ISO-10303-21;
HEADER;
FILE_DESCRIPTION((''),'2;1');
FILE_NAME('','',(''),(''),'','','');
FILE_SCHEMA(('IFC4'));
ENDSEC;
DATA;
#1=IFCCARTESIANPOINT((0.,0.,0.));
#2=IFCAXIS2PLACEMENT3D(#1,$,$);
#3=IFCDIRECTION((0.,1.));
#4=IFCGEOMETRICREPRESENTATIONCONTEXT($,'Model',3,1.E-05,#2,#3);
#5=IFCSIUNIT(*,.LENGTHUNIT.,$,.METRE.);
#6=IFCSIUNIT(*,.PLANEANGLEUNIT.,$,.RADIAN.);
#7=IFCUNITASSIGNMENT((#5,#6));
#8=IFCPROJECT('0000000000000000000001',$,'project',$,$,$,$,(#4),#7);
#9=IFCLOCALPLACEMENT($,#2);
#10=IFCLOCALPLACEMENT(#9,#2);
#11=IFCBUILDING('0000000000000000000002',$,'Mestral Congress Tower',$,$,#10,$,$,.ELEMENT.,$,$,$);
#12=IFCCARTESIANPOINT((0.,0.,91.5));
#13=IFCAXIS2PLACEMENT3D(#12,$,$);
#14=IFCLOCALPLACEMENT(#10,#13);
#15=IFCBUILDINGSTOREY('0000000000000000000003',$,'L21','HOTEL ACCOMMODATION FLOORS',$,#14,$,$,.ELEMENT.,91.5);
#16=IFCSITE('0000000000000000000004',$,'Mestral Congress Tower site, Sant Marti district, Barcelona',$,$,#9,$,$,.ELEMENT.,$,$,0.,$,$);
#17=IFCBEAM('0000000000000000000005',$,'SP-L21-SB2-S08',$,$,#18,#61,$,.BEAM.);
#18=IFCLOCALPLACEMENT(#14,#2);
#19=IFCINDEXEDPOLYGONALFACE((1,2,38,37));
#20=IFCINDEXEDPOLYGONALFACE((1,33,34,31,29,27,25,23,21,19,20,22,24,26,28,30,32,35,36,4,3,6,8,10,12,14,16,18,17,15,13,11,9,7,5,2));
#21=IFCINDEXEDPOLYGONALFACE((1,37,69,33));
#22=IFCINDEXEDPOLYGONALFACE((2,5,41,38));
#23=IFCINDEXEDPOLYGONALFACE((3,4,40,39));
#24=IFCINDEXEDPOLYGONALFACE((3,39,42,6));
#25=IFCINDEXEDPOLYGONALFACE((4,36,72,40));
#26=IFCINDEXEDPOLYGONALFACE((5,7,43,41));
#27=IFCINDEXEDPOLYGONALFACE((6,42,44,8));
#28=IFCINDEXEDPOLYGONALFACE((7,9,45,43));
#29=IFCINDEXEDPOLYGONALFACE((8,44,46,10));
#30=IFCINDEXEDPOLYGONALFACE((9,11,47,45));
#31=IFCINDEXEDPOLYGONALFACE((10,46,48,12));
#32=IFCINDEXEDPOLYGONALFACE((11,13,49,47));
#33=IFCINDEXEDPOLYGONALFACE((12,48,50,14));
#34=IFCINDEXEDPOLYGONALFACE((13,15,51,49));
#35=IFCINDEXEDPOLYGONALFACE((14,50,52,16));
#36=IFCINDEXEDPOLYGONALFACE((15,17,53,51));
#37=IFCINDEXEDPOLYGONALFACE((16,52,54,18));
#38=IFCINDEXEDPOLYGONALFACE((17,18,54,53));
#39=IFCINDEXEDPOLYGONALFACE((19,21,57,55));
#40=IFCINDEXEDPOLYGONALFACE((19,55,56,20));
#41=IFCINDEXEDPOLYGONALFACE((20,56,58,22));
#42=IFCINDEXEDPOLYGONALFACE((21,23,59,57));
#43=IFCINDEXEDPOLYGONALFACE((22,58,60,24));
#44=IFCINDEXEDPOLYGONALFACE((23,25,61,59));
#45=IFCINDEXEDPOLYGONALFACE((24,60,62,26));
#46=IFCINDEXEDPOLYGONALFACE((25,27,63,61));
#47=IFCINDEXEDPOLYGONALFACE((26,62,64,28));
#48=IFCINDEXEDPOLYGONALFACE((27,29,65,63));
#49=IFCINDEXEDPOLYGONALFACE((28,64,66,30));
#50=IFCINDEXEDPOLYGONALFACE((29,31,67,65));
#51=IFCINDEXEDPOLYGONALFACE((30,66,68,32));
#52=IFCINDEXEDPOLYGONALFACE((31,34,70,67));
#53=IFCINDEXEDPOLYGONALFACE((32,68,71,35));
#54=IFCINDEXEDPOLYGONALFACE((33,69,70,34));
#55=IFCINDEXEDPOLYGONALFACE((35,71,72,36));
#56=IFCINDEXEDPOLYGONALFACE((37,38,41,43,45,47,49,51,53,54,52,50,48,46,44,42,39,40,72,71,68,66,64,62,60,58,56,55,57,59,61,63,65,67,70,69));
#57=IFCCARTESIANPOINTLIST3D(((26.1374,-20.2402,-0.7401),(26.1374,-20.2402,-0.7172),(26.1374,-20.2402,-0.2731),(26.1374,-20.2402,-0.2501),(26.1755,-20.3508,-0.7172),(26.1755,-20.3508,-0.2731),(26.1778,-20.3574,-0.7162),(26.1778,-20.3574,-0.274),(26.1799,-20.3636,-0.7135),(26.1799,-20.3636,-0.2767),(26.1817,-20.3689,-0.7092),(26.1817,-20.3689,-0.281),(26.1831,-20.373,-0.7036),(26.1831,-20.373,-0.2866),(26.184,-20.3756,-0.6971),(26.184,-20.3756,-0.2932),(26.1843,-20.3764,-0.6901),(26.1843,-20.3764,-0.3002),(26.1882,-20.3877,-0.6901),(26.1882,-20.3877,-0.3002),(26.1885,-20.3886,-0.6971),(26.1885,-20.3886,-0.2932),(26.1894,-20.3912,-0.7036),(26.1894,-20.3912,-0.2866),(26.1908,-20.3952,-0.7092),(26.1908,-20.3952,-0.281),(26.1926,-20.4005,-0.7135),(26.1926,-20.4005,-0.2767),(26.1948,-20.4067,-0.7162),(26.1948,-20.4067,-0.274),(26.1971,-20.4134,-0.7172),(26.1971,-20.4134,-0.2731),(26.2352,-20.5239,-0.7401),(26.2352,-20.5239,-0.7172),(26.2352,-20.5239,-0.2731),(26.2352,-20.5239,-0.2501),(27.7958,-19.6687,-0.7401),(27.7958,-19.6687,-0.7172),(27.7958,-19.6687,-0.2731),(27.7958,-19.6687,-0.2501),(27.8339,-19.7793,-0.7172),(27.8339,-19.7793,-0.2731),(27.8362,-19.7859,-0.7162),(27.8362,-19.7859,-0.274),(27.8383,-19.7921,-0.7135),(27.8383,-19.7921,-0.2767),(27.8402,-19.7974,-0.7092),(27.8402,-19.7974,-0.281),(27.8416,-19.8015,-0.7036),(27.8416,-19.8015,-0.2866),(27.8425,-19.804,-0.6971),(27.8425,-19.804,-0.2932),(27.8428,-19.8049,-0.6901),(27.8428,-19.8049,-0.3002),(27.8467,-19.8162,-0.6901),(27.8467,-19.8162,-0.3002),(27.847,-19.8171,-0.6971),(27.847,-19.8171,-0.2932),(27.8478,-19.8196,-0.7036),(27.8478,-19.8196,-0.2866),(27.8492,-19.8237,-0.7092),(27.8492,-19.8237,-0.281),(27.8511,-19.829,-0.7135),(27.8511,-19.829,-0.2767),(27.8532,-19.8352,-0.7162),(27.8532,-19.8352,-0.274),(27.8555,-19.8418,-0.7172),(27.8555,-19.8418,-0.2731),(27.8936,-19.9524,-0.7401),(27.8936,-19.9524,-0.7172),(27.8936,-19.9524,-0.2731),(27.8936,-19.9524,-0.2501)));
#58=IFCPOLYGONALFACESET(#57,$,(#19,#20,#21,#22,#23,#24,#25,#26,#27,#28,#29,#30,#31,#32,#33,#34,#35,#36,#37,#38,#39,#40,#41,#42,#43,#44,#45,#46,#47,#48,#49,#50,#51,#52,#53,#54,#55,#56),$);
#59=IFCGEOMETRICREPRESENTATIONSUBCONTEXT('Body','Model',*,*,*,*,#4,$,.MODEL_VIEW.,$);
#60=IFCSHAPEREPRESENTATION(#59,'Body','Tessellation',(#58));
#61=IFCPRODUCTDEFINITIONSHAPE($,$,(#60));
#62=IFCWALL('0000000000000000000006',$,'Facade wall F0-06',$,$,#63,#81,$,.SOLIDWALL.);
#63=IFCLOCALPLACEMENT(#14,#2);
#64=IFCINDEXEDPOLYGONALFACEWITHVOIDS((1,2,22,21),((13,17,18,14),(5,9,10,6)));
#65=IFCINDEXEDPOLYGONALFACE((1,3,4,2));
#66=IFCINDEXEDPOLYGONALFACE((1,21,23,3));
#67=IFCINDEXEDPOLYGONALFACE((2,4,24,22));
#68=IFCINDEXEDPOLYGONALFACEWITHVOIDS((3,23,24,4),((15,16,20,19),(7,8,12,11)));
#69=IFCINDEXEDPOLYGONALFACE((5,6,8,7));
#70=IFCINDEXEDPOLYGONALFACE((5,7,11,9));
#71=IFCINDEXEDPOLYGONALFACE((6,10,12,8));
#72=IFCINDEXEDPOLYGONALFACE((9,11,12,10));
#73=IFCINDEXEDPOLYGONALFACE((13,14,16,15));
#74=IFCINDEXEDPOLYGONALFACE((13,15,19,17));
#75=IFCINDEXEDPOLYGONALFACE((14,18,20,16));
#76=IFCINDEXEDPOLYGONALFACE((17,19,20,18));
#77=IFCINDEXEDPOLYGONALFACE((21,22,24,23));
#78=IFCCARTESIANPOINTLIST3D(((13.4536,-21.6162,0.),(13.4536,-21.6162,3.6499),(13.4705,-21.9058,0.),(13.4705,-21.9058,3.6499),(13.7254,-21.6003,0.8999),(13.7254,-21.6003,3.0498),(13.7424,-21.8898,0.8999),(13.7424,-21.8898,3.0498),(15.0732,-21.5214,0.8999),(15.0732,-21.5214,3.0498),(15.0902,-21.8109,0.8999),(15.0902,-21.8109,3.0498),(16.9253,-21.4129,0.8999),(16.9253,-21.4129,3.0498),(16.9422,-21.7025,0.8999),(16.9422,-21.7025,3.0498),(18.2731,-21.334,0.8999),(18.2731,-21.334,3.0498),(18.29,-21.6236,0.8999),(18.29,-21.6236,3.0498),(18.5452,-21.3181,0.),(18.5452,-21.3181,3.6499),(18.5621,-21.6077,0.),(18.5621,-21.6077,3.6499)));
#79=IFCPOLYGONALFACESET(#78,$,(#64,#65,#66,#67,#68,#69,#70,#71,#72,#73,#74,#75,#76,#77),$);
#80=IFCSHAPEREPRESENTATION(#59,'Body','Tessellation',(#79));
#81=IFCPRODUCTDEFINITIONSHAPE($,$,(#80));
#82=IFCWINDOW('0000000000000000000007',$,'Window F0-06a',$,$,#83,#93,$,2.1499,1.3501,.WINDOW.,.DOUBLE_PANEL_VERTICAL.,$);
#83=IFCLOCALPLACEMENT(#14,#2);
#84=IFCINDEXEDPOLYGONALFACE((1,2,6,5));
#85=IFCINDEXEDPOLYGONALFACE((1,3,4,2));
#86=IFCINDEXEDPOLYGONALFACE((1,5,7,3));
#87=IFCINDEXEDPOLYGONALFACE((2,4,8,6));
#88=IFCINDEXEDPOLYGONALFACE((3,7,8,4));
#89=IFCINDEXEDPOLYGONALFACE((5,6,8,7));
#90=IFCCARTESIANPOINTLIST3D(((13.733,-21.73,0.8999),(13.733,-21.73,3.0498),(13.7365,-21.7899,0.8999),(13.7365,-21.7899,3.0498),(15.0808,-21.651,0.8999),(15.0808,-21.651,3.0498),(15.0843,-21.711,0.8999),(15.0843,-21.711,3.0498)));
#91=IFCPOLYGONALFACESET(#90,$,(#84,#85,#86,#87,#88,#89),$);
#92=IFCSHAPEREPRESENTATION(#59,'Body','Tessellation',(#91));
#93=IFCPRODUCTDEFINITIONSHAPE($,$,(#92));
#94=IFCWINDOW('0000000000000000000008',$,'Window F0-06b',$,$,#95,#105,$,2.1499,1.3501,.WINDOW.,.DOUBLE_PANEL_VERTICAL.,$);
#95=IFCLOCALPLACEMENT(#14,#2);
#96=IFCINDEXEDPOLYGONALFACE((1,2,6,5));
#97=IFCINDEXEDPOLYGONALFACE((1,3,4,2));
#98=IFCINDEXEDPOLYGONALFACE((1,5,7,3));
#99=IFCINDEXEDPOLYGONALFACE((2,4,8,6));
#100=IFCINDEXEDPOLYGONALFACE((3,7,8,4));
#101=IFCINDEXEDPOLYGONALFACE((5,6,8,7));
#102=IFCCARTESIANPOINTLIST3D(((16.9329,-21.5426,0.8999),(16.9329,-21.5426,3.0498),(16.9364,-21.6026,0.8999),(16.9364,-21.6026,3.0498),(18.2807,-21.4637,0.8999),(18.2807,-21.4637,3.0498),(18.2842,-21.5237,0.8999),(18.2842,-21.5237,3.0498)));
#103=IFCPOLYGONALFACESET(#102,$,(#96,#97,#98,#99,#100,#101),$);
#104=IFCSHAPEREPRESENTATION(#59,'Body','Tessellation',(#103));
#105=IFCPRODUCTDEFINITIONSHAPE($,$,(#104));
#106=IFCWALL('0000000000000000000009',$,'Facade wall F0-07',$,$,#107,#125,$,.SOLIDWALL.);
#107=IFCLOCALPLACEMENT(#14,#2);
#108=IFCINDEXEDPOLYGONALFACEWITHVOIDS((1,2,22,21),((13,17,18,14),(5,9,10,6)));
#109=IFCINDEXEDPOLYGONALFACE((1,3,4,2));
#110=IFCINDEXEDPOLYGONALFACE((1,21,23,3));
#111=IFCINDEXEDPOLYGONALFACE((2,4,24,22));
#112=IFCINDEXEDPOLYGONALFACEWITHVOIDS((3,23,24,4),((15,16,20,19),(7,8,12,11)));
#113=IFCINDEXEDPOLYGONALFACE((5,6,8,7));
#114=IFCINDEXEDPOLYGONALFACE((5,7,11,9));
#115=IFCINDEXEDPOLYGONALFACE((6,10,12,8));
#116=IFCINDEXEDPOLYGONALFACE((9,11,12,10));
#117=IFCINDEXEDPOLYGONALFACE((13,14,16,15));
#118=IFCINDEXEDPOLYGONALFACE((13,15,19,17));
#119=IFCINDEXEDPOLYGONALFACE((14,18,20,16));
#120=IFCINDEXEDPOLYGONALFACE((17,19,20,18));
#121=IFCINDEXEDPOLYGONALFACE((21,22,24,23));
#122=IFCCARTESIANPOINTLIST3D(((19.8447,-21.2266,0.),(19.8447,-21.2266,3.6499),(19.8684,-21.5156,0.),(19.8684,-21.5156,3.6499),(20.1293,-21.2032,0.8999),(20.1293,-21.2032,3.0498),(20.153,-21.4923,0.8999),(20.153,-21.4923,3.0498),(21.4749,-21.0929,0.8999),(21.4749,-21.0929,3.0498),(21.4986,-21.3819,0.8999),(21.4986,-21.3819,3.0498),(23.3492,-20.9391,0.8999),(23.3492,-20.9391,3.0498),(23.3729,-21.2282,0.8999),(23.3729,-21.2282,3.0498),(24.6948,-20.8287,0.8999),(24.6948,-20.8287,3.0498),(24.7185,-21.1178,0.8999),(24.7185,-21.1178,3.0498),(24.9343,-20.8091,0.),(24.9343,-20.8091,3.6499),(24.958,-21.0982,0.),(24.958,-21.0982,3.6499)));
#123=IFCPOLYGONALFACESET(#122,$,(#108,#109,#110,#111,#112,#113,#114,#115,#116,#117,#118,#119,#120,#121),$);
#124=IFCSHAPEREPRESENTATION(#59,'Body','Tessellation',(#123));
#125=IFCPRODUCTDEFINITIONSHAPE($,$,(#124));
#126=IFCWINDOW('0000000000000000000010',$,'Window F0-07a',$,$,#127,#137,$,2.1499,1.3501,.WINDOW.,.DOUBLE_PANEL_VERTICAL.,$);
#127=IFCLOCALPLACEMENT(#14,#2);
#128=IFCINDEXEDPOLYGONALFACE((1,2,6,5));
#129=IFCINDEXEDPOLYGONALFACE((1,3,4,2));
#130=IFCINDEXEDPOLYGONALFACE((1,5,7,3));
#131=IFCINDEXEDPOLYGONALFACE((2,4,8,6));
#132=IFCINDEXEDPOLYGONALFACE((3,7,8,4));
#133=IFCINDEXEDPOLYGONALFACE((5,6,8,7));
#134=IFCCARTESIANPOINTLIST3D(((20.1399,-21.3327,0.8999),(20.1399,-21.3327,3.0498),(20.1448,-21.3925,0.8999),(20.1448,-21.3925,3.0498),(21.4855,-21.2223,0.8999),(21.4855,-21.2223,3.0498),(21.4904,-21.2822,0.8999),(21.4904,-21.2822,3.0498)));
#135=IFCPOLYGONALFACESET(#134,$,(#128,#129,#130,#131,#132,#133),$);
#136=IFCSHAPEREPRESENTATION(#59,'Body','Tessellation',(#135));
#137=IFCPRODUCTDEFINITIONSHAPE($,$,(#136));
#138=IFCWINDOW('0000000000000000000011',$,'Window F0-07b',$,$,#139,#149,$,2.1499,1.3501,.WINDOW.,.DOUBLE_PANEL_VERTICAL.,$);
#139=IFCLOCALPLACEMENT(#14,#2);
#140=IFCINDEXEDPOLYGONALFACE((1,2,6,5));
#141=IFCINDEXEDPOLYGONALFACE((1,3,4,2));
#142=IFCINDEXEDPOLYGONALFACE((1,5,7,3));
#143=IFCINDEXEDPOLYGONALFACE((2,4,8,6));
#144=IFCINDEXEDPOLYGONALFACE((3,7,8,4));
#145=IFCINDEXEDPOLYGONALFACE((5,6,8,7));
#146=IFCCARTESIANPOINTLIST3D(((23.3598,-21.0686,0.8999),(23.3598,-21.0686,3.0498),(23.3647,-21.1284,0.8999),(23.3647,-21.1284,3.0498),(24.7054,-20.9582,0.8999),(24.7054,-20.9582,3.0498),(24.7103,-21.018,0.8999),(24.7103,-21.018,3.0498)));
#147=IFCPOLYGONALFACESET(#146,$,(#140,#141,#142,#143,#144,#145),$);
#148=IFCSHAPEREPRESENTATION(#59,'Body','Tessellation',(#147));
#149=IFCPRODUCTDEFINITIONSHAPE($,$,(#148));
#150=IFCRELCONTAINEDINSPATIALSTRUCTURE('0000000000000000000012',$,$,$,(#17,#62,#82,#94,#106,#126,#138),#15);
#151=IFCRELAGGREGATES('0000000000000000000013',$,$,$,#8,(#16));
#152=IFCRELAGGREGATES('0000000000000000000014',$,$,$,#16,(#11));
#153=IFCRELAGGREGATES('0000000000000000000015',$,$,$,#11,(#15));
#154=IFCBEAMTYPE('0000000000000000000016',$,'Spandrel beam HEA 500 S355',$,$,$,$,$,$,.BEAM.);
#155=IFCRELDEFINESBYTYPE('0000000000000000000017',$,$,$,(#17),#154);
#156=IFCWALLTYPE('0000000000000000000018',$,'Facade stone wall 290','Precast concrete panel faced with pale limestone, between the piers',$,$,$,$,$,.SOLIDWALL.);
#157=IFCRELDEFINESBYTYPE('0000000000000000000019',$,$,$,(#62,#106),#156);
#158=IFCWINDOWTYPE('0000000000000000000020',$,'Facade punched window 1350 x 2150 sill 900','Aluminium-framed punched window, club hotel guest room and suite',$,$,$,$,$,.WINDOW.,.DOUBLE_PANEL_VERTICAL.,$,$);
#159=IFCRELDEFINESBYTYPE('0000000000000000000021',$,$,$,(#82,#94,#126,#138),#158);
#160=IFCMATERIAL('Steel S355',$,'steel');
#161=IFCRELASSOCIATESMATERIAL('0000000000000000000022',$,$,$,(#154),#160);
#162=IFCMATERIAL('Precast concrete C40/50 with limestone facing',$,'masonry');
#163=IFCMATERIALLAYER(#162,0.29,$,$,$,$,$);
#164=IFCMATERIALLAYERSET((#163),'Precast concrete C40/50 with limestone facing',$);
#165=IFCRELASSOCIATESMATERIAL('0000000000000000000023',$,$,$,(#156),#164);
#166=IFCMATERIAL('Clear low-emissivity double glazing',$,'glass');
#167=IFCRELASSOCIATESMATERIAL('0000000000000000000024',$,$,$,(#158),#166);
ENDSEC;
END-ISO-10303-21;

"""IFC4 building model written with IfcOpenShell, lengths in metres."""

from ifc_helpers import new_model, si_unit, direction, frame, frame_2d, origin, origin_2d, place, context, subcontext, project, spatial, rectangle, i_section, extrude, material, layer, layer_set, material_profile, profile_set, type_object, element, fill, save


model = new_model("IFC4")

# Units and contexts
model_context = context("Model", 3, precision=1e-05, world=origin(), true_north=direction((0.0, 1.0)))
body_context = subcontext(model_context, "Body", "Model", "MODEL_VIEW")
ifc_project = project(units=[si_unit("LENGTHUNIT", "METRE"), si_unit("PLANEANGLEUNIT", "RADIAN")], contexts=[model_context])

# Site, building, storey
site_placement = place(None, origin())
site = spatial("IfcSite", under=ifc_project, at=site_placement, Name="Mestral Congress Tower site, Sant Marti district, Barcelona", CompositionType="ELEMENT", RefElevation=0.0)
building_placement = place(site_placement, origin())
building = spatial("IfcBuilding", under=site, at=building_placement, Name="Mestral Congress Tower", CompositionType="ELEMENT")
storey_placement = place(building_placement, frame((0.0, 0.0, 91.5)))
storey = spatial("IfcBuildingStorey", under=building, at=storey_placement, Name="L21", Description="HOTEL ACCOMMODATION FLOORS", CompositionType="ELEMENT", Elevation=91.5)

# Beam
ifc_material_1 = material(Name="Steel S355", Category="steel")
ifc_material_profile_1 = material_profile(ifc_material_1, i_section(OverallWidth=0.3, OverallDepth=0.49, WebThickness=0.012, FlangeThickness=0.0229, FilletRadius=0.0271, at=origin_2d()), Name="HEA 500")
ifc_profile_set_1 = profile_set([ifc_material_profile_1], Name="Steel S355")
beam_type_1 = type_object("IfcBeamType", Name="Spandrel beam HEA 500 S355", PredefinedType="BEAM", material=ifc_profile_set_1)
beam_1_placement = place(storey_placement, frame((26.1863, -20.3821, -0.4951), z_axis=(0.945434, 0.325815, 0.0), x_axis=(-0.325815, 0.945434, 0.0)))
element("IfcBeam", 1, at=beam_1_placement, inside=storey, type_object=beam_type_1, Name="SP-L21-SB2-S08", PredefinedType="BEAM", context=body_context, shape_type="SweptSolid", body=[
    extrude(i_section(OverallWidth=0.3, OverallDepth=0.49, WebThickness=0.012, FlangeThickness=0.0229, FilletRadius=0.0271, at=origin_2d()), origin(), (0.0, 0.0, 1.0), 1.7542),
])

# Walls, openings, windows
ifc_material_2 = material(Name="Precast concrete C40/50 with limestone facing", Category="masonry")
ifc_layer_1 = layer(ifc_material_2, 0.29)
ifc_layer_set_1 = layer_set([ifc_layer_1], Name="Precast concrete C40/50 with limestone facing")
wall_type_1 = type_object("IfcWallType", Name="Facade stone wall 290", Description="Precast concrete panel faced with pale limestone, between the piers", PredefinedType="SOLIDWALL", material=ifc_layer_set_1)
wall_1_placement = place(storey_placement, frame((13.4619, -21.761, 0.0), z_axis=(0.0, 0.0, 1.0), x_axis=(0.998291, 0.058447, 0.0)))
wall_1 = element("IfcWall", 2, at=wall_1_placement, inside=storey, type_object=wall_type_1, Name="Facade wall F0-06", PredefinedType="SOLIDWALL", context=body_context, shape_type="SweptSolid", body=[
    extrude(rectangle(XDim=5.1003, YDim=0.29, at=frame_2d((2.5503, 0.0))), origin(), (0.0, 0.0, 1.0), 3.6499),
])
opening_1_placement = place(wall_1_placement, frame((0.2725, 0.0, 0.8999)))
opening_1 = element("IfcOpeningElement", 3, at=opening_1_placement, cuts=wall_1, PredefinedType="OPENING", context=body_context, shape_type="SweptSolid", body=[
    extrude(rectangle(XDim=1.3501, YDim=2.1499, at=frame_2d((0.675, 1.075))), frame((0.0, 0.155, 0.0), z_axis=(0.0, -1.0, 0.0), x_axis=(1.0, 0.0, 0.0)), (0.0, 0.0, 1.0), 0.3101),
])
opening_2_placement = place(wall_1_placement, frame((3.4778, 0.0, 0.8999)))
opening_2 = element("IfcOpeningElement", 4, at=opening_2_placement, cuts=wall_1, PredefinedType="OPENING", context=body_context, shape_type="SweptSolid", body=[
    extrude(rectangle(XDim=1.3501, YDim=2.1499, at=frame_2d((0.675, 1.075))), frame((0.0, 0.155, 0.0), z_axis=(0.0, -1.0, 0.0), x_axis=(1.0, 0.0, 0.0)), (0.0, 0.0, 1.0), 0.3101),
])
ifc_material_3 = material(Name="Clear low-emissivity double glazing", Category="glass")
window_type_1 = type_object("IfcWindowType", Name="Facade punched window 1350 x 2150 sill 900", Description="Aluminium-framed punched window, club hotel guest room and suite", PartitioningType="DOUBLE_PANEL_VERTICAL", PredefinedType="WINDOW", material=ifc_material_3)
window_1_placement = place(opening_1_placement, origin())
window_1 = element("IfcWindow", 5, at=window_1_placement, inside=storey, type_object=window_type_1, Name="Window F0-06a", OverallHeight=2.1499, OverallWidth=1.3501, PartitioningType="DOUBLE_PANEL_VERTICAL", PredefinedType="WINDOW", context=body_context, shape_type="SweptSolid", body=[
    extrude(rectangle(XDim=1.3501, YDim=2.1499, at=frame_2d((0.675, 1.075))), frame((0.0, 0.0151, 0.0), z_axis=(0.0, -1.0, 0.0), x_axis=(1.0, 0.0, 0.0)), (0.0, 0.0, 1.0), 0.0601),
])
fill(opening_1, window_1)
window_2_placement = place(opening_2_placement, origin())
window_2 = element("IfcWindow", 6, at=window_2_placement, inside=storey, type_object=window_type_1, Name="Window F0-06b", OverallHeight=2.1499, OverallWidth=1.3501, PartitioningType="DOUBLE_PANEL_VERTICAL", PredefinedType="WINDOW", context=body_context, shape_type="SweptSolid", body=[
    extrude(rectangle(XDim=1.3501, YDim=2.1499, at=frame_2d((0.675, 1.075))), frame((0.0, 0.0151, 0.0), z_axis=(0.0, -1.0, 0.0), x_axis=(1.0, 0.0, 0.0)), (0.0, 0.0, 1.0), 0.0601),
])
fill(opening_2, window_2)
wall_2_placement = place(storey_placement, frame((19.8567, -21.3711, 0.0), z_axis=(0.0, 0.0, 1.0), x_axis=(0.996653, 0.081752, 0.0)))
wall_2 = element("IfcWall", 7, at=wall_2_placement, inside=storey, type_object=wall_type_1, Name="Facade wall F0-07", PredefinedType="SOLIDWALL", context=body_context, shape_type="SweptSolid", body=[
    extrude(rectangle(XDim=5.1067, YDim=0.29, at=frame_2d((2.5532, 0.0))), origin(), (0.0, 0.0, 1.0), 3.6499),
])
opening_3_placement = place(wall_2_placement, frame((0.2854, 0.0, 0.8999)))
opening_3 = element("IfcOpeningElement", 8, at=opening_3_placement, cuts=wall_2, PredefinedType="OPENING", context=body_context, shape_type="SweptSolid", body=[
    extrude(rectangle(XDim=1.3501, YDim=2.1499, at=frame_2d((0.675, 1.075))), frame((0.0, 0.155, 0.0), z_axis=(0.0, -1.0, 0.0), x_axis=(1.0, 0.0, 0.0)), (0.0, 0.0, 1.0), 0.3101),
])
opening_4_placement = place(wall_2_placement, frame((3.5161, 0.0, 0.8999)))
opening_4 = element("IfcOpeningElement", 9, at=opening_4_placement, cuts=wall_2, PredefinedType="OPENING", context=body_context, shape_type="SweptSolid", body=[
    extrude(rectangle(XDim=1.3501, YDim=2.1499, at=frame_2d((0.675, 1.075))), frame((0.0, 0.155, 0.0), z_axis=(0.0, -1.0, 0.0), x_axis=(1.0, 0.0, 0.0)), (0.0, 0.0, 1.0), 0.3101),
])
window_3_placement = place(opening_3_placement, origin())
window_3 = element("IfcWindow", 10, at=window_3_placement, inside=storey, type_object=window_type_1, Name="Window F0-07a", OverallHeight=2.1499, OverallWidth=1.3501, PartitioningType="DOUBLE_PANEL_VERTICAL", PredefinedType="WINDOW", context=body_context, shape_type="SweptSolid", body=[
    extrude(rectangle(XDim=1.3501, YDim=2.1499, at=frame_2d((0.675, 1.075))), frame((0.0, 0.0151, 0.0), z_axis=(0.0, -1.0, 0.0), x_axis=(1.0, 0.0, 0.0)), (0.0, 0.0, 1.0), 0.0601),
])
fill(opening_3, window_3)
window_4_placement = place(opening_4_placement, origin())
window_4 = element("IfcWindow", 11, at=window_4_placement, inside=storey, type_object=window_type_1, Name="Window F0-07b", OverallHeight=2.1499, OverallWidth=1.3501, PartitioningType="DOUBLE_PANEL_VERTICAL", PredefinedType="WINDOW", context=body_context, shape_type="SweptSolid", body=[
    extrude(rectangle(XDim=1.3501, YDim=2.1499, at=frame_2d((0.675, 1.075))), frame((0.0, 0.0151, 0.0), z_axis=(0.0, -1.0, 0.0), x_axis=(1.0, 0.0, 0.0)), (0.0, 0.0, 1.0), 0.0601),
])
fill(opening_4, window_4)

save(model, "model.ifc")
